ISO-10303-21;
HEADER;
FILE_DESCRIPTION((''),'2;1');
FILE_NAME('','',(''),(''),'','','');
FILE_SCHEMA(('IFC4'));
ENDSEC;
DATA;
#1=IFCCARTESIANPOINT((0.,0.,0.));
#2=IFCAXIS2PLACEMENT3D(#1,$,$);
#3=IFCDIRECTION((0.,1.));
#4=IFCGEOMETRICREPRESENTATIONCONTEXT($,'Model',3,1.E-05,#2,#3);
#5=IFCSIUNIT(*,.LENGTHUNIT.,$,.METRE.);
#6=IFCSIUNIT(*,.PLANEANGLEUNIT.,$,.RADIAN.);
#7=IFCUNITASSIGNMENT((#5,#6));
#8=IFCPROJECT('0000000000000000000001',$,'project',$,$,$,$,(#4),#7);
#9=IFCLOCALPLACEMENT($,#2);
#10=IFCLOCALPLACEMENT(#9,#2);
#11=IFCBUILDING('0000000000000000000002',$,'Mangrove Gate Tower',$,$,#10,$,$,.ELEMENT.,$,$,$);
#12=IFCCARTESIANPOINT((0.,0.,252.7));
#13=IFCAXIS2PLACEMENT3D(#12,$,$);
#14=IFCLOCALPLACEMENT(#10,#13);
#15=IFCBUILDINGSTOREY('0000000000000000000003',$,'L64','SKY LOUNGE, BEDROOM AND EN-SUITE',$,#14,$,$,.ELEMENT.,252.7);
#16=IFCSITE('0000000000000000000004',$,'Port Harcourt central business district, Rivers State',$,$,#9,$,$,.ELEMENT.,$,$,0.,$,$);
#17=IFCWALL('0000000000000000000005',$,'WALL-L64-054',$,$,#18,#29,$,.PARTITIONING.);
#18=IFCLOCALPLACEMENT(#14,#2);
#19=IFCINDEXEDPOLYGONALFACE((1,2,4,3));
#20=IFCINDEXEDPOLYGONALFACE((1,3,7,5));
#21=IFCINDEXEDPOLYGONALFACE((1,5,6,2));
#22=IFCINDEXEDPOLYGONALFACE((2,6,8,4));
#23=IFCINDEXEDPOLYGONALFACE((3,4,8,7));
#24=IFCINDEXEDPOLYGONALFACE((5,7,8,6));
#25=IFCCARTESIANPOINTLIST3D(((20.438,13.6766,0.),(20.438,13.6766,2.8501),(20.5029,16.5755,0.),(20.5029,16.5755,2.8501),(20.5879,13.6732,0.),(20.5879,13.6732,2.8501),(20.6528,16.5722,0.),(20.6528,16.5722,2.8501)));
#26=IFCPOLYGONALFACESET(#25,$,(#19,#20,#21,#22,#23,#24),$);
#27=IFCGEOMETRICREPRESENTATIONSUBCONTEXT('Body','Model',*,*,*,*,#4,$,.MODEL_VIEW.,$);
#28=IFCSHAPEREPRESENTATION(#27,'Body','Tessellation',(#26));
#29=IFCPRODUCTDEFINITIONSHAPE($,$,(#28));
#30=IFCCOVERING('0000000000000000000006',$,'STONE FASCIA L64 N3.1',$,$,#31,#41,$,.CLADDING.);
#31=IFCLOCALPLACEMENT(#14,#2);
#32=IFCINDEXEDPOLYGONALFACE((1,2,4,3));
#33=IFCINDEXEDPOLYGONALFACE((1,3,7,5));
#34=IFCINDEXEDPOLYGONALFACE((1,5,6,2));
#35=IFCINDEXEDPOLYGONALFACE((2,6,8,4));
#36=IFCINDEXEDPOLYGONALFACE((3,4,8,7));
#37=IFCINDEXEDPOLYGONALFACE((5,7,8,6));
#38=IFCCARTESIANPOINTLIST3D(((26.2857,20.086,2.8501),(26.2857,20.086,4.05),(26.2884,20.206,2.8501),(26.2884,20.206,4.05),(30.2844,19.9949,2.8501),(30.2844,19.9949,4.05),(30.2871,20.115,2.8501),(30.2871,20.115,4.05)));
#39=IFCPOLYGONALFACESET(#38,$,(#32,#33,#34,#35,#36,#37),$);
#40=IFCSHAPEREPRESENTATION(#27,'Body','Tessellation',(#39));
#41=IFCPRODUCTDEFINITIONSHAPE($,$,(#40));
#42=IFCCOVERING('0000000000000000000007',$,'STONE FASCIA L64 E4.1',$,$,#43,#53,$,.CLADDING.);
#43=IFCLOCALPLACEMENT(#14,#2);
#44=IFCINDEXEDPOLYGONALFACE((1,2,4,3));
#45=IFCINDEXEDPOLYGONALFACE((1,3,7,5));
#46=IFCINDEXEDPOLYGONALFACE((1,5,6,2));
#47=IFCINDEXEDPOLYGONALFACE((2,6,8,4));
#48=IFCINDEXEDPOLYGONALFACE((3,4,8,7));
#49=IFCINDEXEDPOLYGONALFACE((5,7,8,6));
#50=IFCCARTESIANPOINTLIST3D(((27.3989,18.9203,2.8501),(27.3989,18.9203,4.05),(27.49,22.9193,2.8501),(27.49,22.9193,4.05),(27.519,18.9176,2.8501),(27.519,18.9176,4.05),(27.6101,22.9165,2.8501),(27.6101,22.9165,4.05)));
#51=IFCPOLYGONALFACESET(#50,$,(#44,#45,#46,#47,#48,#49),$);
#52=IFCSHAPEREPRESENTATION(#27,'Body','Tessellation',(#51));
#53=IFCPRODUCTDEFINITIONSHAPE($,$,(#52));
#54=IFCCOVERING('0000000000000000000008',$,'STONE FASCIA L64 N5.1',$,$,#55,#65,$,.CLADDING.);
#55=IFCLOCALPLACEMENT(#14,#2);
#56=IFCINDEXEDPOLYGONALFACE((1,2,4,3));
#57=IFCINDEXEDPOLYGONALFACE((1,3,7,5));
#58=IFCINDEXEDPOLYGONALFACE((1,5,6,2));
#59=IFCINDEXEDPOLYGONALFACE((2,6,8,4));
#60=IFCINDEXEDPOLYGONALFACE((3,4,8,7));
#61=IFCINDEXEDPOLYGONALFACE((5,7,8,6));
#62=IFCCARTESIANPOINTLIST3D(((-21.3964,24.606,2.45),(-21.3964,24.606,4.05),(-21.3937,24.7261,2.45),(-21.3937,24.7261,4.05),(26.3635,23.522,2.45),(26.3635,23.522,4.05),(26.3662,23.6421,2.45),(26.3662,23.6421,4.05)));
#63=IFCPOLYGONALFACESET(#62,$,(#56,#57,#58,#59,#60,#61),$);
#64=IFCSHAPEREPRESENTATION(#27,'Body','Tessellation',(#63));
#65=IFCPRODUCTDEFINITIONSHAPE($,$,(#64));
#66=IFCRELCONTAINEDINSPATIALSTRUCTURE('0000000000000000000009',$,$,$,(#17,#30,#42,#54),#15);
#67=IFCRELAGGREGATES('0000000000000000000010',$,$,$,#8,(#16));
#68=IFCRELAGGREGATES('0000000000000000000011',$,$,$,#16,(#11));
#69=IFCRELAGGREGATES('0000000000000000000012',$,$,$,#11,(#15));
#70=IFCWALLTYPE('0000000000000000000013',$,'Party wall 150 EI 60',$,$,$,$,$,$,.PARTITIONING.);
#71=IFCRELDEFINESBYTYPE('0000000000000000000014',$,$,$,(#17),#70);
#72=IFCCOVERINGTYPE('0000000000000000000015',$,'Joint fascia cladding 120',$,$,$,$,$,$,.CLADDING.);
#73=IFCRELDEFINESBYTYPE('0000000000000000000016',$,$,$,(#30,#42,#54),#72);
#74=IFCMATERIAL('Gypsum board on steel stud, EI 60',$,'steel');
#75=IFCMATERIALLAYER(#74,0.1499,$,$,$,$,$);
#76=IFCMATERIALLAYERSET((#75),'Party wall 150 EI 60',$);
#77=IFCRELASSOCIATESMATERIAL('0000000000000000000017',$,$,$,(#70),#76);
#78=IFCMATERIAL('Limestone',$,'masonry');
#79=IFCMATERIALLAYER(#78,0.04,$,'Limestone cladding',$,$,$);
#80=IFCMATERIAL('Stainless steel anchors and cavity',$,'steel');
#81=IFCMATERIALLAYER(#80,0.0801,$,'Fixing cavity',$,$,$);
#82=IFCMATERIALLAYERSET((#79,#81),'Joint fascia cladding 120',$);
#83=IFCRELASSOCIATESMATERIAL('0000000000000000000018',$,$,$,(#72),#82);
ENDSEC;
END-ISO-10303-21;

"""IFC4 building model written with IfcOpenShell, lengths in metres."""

from ifc_helpers import new_model, si_unit, direction, frame, frame_2d, origin, place, context, subcontext, project, spatial, rectangle, extrude, material, layer, layer_set, type_object, element, save


model = new_model("IFC4")

# Units and contexts
model_context = context("Model", 3, precision=1e-05, world=origin(), true_north=direction((0.0, 1.0)))
body_context = subcontext(model_context, "Body", "Model", "MODEL_VIEW")
ifc_project = project(units=[si_unit("LENGTHUNIT", "METRE"), si_unit("PLANEANGLEUNIT", "RADIAN")], contexts=[model_context])

# Site, building, storey
site_placement = place(None, origin())
site = spatial("IfcSite", under=ifc_project, at=site_placement, Name="Port Harcourt central business district, Rivers State", CompositionType="ELEMENT", RefElevation=0.0)
building_placement = place(site_placement, origin())
building = spatial("IfcBuilding", under=site, at=building_placement, Name="Mangrove Gate Tower", CompositionType="ELEMENT")
storey_placement = place(building_placement, frame((0.0, 0.0, 252.7)))
storey = spatial("IfcBuildingStorey", under=building, at=storey_placement, Name="L64", Description="SKY LOUNGE, BEDROOM AND EN-SUITE", CompositionType="ELEMENT", Elevation=252.7)

# Shared definitions
ifc_material_1 = material(Name="Limestone", Category="masonry")

# Wall
ifc_material_2 = material(Name="Gypsum board on steel stud, EI 60", Category="steel")
ifc_layer_1 = layer(ifc_material_2, 0.1499)
ifc_layer_set_1 = layer_set([ifc_layer_1], Name="Party wall 150 EI 60")
wall_type_1 = type_object("IfcWallType", Name="Party wall 150 EI 60", PredefinedType="PARTITIONING", material=ifc_layer_set_1)
wall_1_placement = place(storey_placement, frame((20.5129, 13.675, 0.0), z_axis=(0.0, 0.0, 1.0), x_axis=(0.022396, 0.999749, 0.0)))
element("IfcWall", 1, at=wall_1_placement, inside=storey, type_object=wall_type_1, Name="WALL-L64-054", PredefinedType="PARTITIONING", context=body_context, shape_type="SweptSolid", body=[
    extrude(rectangle(XDim=2.8997, YDim=0.1499, at=frame_2d((1.4497, 0.0))), origin(), (0.0, 0.0, 1.0), 2.8501),
])

# Coverings
ifc_layer_2 = layer(ifc_material_1, 0.04, Name="Limestone cladding")
ifc_material_3 = material(Name="Stainless steel anchors and cavity", Category="steel")
ifc_layer_3 = layer(ifc_material_3, 0.0801, Name="Fixing cavity")
ifc_layer_set_2 = layer_set([ifc_layer_2, ifc_layer_3], Name="Joint fascia cladding 120")
covering_type = type_object("IfcCoveringType", Name="Joint fascia cladding 120", PredefinedType="CLADDING", material=ifc_layer_set_2)
covering_1_placement = place(storey_placement, frame((30.2859, 20.0549, 2.8501), z_axis=(0.0, 0.0, 1.0), x_axis=(-0.999741, 0.022767, 0.0)))
element("IfcCovering", 2, at=covering_1_placement, inside=storey, type_object=covering_type, Name="STONE FASCIA L64 N3.1", PredefinedType="CLADDING", context=body_context, shape_type="SweptSolid", body=[
    extrude(rectangle(XDim=3.9998, YDim=0.1201, at=frame_2d((2.0, 0.0))), origin(), (0.0, 0.0, 1.0), 1.2),
])
covering_2_placement = place(storey_placement, frame((27.459, 18.9189, 2.8501), z_axis=(0.0, 0.0, 1.0), x_axis=(0.022766, 0.999741, 0.0)))
element("IfcCovering", 3, at=covering_2_placement, inside=storey, type_object=covering_type, Name="STONE FASCIA L64 E4.1", PredefinedType="CLADDING", context=body_context, shape_type="SweptSolid", body=[
    extrude(rectangle(XDim=4.0, YDim=0.1201, at=frame_2d((2.0, 0.0))), origin(), (0.0, 0.0, 1.0), 1.2),
])
covering_3_placement = place(storey_placement, frame((26.365, 23.582, 2.45), z_axis=(0.0, 0.0, 1.0), x_axis=(-0.999743, 0.022691, 0.0)))
element("IfcCovering", 4, at=covering_3_placement, inside=storey, type_object=covering_type, Name="STONE FASCIA L64 N5.1", PredefinedType="CLADDING", context=body_context, shape_type="SweptSolid", body=[
    extrude(rectangle(XDim=47.7722, YDim=0.1201, at=frame_2d((23.8862, 0.0))), origin(), (0.0, 0.0, 1.0), 1.6001),
])

save(model, "model.ifc")
